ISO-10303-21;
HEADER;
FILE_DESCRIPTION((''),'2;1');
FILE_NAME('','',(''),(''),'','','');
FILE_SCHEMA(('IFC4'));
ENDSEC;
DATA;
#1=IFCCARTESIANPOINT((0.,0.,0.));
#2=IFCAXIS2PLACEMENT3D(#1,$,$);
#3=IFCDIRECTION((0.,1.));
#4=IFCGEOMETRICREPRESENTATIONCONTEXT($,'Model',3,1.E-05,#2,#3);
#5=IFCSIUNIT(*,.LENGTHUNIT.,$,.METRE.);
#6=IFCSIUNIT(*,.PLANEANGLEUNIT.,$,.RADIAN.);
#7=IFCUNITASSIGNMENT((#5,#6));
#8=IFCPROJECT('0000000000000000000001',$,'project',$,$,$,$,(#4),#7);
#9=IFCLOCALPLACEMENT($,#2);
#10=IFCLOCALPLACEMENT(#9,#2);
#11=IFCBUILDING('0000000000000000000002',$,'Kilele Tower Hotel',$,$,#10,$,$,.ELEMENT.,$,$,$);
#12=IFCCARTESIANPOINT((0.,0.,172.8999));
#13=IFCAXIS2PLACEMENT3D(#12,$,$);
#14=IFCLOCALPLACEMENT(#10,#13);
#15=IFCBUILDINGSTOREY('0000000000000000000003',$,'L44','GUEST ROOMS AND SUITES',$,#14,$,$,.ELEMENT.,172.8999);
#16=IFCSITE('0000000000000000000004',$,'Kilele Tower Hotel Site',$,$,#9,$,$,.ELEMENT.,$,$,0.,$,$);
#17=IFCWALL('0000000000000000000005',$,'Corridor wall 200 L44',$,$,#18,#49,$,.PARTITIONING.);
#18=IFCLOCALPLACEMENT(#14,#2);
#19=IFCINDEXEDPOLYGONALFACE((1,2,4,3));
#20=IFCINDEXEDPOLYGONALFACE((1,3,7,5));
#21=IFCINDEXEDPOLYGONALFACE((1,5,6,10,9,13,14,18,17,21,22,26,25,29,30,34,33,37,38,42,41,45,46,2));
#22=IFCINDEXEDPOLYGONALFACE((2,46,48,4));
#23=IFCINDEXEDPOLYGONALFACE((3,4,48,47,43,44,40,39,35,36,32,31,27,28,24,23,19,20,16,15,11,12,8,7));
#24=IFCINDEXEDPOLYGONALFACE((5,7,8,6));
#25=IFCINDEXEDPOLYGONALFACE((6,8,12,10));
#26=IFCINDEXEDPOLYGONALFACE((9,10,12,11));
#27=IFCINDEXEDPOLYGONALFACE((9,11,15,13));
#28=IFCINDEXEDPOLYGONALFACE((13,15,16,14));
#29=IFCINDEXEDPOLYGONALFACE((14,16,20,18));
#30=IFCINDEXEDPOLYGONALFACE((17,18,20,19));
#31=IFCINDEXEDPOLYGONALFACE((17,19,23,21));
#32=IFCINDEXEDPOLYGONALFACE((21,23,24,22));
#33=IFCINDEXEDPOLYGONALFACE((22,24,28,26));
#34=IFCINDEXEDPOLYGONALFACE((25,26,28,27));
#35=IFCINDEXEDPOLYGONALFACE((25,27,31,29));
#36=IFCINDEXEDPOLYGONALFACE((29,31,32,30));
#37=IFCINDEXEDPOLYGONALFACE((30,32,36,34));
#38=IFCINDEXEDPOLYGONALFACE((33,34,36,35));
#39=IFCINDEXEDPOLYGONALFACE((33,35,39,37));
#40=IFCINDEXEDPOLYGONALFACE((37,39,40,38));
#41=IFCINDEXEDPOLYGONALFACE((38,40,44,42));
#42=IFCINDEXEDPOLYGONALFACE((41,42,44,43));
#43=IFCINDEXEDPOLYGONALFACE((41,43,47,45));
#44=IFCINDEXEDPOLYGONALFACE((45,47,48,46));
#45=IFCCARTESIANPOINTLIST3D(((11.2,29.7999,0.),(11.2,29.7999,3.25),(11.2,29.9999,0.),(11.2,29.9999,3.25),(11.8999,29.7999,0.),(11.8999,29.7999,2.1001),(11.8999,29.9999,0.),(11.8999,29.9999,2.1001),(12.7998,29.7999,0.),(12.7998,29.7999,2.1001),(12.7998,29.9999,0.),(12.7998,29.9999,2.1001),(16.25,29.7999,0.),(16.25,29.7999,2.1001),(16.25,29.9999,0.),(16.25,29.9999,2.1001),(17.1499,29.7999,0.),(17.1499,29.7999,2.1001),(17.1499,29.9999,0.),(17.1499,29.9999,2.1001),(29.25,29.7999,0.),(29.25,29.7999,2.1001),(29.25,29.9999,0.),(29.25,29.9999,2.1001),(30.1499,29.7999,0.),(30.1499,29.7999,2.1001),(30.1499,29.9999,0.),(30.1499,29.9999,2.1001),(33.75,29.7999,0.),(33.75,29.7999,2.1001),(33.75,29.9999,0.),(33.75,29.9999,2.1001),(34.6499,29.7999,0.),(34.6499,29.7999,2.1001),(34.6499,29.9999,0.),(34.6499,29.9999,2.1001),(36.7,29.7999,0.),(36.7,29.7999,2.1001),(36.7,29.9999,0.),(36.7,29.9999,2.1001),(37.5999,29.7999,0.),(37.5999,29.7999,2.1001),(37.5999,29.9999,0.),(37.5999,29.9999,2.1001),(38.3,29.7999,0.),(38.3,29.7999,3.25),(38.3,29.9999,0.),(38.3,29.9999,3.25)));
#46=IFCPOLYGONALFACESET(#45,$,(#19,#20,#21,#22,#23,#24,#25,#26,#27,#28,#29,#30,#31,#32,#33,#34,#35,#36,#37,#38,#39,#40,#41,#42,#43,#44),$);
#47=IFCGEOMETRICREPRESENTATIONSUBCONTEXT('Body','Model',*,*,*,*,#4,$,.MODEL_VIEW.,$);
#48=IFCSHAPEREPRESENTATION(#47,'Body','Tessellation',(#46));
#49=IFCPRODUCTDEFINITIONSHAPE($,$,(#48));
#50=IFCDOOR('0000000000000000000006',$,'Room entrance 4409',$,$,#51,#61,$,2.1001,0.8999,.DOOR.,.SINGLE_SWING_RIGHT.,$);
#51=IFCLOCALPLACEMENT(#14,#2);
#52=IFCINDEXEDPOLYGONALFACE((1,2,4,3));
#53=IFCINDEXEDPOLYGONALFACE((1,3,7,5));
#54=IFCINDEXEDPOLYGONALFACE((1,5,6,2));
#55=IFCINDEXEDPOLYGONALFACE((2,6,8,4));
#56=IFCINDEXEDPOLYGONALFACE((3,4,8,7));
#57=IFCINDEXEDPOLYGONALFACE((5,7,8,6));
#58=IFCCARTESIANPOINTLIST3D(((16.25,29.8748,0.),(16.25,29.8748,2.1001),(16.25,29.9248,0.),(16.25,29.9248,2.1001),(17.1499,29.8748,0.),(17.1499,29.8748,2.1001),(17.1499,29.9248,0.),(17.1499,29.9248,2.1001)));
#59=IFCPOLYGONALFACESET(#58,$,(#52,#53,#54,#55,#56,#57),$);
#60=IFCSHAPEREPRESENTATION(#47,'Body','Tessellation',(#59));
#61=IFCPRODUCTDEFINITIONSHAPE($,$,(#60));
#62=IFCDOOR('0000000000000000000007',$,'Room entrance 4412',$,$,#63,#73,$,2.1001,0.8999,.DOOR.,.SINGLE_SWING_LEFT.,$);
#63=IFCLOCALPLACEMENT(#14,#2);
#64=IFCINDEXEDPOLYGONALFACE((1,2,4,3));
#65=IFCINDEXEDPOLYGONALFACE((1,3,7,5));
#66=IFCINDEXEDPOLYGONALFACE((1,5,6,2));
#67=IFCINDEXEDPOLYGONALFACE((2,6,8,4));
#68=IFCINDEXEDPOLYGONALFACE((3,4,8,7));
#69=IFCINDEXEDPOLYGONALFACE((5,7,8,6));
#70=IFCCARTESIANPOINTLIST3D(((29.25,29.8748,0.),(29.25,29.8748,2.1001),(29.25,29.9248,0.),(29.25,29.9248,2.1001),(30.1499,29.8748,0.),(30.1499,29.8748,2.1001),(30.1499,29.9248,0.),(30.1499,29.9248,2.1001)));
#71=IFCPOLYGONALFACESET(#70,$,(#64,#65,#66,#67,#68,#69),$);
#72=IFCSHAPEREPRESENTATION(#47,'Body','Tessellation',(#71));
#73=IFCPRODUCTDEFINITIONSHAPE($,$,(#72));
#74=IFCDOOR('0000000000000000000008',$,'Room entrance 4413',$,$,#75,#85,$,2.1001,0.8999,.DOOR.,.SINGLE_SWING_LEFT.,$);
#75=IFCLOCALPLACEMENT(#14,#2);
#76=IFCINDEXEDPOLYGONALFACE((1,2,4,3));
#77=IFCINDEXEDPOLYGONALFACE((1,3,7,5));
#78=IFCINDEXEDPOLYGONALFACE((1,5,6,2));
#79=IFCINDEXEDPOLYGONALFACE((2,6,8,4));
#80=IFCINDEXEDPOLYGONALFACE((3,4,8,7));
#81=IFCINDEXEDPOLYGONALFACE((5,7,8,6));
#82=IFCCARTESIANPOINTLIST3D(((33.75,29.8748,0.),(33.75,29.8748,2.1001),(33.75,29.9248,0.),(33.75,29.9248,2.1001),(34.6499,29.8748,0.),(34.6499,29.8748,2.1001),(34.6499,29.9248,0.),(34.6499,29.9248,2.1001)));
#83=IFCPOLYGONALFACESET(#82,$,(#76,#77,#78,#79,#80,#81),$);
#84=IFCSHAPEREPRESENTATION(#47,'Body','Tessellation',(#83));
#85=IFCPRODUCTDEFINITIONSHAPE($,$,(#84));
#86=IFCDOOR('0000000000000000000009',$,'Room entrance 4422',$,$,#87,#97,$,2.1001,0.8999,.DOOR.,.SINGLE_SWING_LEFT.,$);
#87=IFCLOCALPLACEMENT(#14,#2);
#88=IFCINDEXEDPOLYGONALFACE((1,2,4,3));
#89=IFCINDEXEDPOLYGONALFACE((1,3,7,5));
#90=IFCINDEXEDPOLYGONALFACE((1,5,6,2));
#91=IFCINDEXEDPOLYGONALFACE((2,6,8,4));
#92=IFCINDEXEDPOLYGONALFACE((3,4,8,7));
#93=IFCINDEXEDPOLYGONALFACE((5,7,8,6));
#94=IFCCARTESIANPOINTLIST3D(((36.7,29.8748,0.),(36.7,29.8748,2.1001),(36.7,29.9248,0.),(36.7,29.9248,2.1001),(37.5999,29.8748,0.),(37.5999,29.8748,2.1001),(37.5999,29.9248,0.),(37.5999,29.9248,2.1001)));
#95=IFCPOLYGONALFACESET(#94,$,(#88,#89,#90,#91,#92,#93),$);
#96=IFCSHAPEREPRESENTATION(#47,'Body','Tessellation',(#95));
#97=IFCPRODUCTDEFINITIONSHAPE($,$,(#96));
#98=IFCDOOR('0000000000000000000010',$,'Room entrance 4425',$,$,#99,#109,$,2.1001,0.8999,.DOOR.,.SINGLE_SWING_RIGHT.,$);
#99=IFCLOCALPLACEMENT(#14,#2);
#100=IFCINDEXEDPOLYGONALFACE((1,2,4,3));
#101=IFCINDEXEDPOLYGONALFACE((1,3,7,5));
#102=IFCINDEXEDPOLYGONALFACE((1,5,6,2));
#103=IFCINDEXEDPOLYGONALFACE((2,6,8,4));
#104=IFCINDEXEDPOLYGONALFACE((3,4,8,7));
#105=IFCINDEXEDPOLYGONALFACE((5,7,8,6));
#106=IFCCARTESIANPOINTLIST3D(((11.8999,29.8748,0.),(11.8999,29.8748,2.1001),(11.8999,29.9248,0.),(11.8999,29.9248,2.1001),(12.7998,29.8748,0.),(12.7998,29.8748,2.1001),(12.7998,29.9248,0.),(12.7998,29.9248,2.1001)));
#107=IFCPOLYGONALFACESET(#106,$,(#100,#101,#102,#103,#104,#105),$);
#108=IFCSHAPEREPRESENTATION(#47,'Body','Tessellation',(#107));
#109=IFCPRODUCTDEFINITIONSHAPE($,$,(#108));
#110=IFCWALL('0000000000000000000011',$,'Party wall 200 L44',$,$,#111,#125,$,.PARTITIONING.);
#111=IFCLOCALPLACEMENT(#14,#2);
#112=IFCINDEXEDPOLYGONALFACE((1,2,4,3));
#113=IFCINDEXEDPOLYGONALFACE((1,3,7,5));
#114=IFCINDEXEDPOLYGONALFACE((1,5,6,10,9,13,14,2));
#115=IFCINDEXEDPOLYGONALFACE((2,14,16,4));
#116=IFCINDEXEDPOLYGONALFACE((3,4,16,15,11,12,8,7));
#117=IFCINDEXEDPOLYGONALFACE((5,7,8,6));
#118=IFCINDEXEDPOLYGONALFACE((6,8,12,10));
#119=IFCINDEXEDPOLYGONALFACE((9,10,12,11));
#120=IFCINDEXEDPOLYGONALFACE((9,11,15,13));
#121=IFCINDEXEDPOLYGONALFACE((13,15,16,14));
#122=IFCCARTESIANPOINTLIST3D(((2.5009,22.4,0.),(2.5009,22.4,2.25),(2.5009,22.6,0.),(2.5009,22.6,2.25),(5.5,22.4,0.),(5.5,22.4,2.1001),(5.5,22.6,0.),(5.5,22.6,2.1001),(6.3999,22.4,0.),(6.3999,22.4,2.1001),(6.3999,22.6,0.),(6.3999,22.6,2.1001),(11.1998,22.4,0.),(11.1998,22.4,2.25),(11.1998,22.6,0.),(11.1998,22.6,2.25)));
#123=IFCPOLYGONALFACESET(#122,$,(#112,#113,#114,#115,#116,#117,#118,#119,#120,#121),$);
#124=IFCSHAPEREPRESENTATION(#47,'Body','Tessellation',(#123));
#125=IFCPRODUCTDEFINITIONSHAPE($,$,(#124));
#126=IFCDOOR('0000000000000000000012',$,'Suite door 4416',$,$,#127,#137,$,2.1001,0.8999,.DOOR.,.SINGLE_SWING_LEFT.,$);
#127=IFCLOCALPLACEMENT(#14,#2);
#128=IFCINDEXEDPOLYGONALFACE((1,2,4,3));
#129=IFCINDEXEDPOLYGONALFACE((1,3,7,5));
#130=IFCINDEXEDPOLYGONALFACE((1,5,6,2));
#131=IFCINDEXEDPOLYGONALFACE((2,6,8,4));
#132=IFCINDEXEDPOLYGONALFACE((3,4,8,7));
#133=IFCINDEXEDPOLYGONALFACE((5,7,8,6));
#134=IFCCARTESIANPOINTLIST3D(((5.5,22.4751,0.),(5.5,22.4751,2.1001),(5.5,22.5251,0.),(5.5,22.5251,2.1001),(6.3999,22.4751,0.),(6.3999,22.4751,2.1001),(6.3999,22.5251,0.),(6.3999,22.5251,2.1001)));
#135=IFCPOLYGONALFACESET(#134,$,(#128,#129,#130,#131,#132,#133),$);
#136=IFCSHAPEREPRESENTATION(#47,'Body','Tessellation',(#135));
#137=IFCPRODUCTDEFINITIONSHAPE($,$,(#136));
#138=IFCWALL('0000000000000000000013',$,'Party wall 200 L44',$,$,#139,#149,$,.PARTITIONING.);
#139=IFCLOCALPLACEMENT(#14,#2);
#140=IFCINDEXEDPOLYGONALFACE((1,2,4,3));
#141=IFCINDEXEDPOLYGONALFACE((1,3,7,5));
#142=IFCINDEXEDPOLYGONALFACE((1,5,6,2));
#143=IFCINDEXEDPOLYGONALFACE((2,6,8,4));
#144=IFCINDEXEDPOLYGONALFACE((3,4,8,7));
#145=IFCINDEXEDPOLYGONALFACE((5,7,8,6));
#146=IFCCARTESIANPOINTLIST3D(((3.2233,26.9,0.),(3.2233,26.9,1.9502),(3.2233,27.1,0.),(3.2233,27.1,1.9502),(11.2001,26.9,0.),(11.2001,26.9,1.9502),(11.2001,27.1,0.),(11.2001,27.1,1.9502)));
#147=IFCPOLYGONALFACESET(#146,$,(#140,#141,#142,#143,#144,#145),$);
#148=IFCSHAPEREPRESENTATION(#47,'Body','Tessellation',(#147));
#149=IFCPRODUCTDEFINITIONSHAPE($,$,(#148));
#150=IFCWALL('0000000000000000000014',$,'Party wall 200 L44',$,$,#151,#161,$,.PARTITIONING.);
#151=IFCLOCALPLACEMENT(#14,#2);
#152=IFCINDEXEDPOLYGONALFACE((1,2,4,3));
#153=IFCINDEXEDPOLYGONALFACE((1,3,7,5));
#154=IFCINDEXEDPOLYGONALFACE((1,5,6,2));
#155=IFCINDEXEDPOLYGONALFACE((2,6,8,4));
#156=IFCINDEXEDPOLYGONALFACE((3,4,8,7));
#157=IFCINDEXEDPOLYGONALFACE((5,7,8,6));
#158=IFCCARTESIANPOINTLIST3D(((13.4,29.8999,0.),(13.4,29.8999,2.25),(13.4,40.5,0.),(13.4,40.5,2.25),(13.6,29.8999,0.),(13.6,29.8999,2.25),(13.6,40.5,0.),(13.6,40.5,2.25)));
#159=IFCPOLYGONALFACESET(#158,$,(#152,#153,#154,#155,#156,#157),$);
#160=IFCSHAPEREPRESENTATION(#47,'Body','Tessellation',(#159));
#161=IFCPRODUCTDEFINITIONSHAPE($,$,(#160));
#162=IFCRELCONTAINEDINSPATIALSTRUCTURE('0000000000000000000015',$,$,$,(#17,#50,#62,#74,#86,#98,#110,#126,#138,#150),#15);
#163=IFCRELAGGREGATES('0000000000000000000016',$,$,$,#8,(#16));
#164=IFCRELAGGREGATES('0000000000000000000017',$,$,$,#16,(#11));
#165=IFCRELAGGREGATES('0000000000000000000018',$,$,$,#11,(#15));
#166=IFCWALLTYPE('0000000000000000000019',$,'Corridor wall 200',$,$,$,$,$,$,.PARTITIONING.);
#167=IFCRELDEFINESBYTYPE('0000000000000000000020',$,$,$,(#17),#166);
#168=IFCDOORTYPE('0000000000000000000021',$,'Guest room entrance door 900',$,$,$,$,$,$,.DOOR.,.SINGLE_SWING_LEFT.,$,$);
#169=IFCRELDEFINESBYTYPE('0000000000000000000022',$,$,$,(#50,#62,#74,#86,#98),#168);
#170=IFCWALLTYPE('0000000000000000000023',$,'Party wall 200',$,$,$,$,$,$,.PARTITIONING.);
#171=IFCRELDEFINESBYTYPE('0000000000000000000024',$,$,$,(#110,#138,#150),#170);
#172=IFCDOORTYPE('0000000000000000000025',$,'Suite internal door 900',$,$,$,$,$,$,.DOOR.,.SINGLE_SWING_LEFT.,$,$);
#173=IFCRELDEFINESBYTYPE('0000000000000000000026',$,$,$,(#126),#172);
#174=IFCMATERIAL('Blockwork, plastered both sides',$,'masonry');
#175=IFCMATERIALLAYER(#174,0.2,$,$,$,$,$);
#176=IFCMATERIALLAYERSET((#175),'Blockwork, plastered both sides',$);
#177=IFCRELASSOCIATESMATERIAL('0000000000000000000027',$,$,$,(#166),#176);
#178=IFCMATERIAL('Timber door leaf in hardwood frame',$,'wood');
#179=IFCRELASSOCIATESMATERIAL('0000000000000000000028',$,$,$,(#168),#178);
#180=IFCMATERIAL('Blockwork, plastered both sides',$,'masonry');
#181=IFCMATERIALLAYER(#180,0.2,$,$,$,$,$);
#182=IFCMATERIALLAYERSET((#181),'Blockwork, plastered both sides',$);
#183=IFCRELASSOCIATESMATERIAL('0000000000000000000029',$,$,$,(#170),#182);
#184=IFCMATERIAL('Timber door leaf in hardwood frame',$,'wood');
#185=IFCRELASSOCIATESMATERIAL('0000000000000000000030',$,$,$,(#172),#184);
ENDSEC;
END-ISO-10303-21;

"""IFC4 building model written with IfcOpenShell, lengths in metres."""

from ifc_helpers import new_model, si_unit, direction, frame, frame_2d, origin, place, context, subcontext, project, spatial, rectangle, extrude, material, layer, layer_set, type_object, element, fill, save


model = new_model("IFC4")

# Units and contexts
model_context = context("Model", 3, precision=1e-05, world=origin(), true_north=direction((0.0, 1.0)))
body_context = subcontext(model_context, "Body", "Model", "MODEL_VIEW")
ifc_project = project(units=[si_unit("LENGTHUNIT", "METRE"), si_unit("PLANEANGLEUNIT", "RADIAN")], contexts=[model_context])

# Site, building, storey
site_placement = place(None, origin())
site = spatial("IfcSite", under=ifc_project, at=site_placement, Name="Kilele Tower Hotel Site", CompositionType="ELEMENT", RefElevation=0.0)
building_placement = place(site_placement, origin())
building = spatial("IfcBuilding", under=site, at=building_placement, Name="Kilele Tower Hotel", CompositionType="ELEMENT")
storey_placement = place(building_placement, frame((0.0, 0.0, 172.8999)))
storey = spatial("IfcBuildingStorey", under=building, at=storey_placement, Name="L44", Description="GUEST ROOMS AND SUITES", CompositionType="ELEMENT", Elevation=172.8999)

# Wall, openings, doors
ifc_material_1 = material(Name="Blockwork, plastered both sides", Category="masonry")
ifc_layer_1 = layer(ifc_material_1, 0.2)
ifc_layer_set_1 = layer_set([ifc_layer_1], Name="Blockwork, plastered both sides")
wall_type_1 = type_object("IfcWallType", Name="Corridor wall 200", PredefinedType="PARTITIONING", material=ifc_layer_set_1)
wall_1_placement = place(storey_placement, frame((11.2, 29.8999, 0.0), z_axis=(0.0, 0.0, 1.0), x_axis=(1.0, 0.0, 0.0)))
wall_1 = element("IfcWall", 1, at=wall_1_placement, inside=storey, type_object=wall_type_1, Name="Corridor wall 200 L44", PredefinedType="PARTITIONING", context=body_context, shape_type="SweptSolid", body=[
    extrude(rectangle(XDim=27.1001, YDim=0.2, at=frame_2d((13.55, 0.0))), origin(), (0.0, 0.0, 1.0), 3.25),
])
opening_1_placement = place(wall_1_placement, frame((5.05, 0.0, 0.0)))
opening_1 = element("IfcOpeningElement", 2, at=opening_1_placement, cuts=wall_1, PredefinedType="OPENING", context=body_context, shape_type="SweptSolid", body=[
    extrude(rectangle(XDim=0.8999, YDim=2.1001, at=frame_2d((0.45, 1.05))), frame((0.0, 0.1099, 0.0), z_axis=(0.0, -1.0, 0.0), x_axis=(1.0, 0.0, 0.0)), (0.0, 0.0, 1.0), 0.22),
])
opening_2_placement = place(wall_1_placement, frame((18.05, 0.0, 0.0)))
opening_2 = element("IfcOpeningElement", 3, at=opening_2_placement, cuts=wall_1, PredefinedType="OPENING", context=body_context, shape_type="SweptSolid", body=[
    extrude(rectangle(XDim=0.8999, YDim=2.1001, at=frame_2d((0.45, 1.05))), frame((0.0, 0.1099, 0.0), z_axis=(0.0, -1.0, 0.0), x_axis=(1.0, 0.0, 0.0)), (0.0, 0.0, 1.0), 0.22),
])
opening_3_placement = place(wall_1_placement, frame((22.55, 0.0, 0.0)))
opening_3 = element("IfcOpeningElement", 4, at=opening_3_placement, cuts=wall_1, PredefinedType="OPENING", context=body_context, shape_type="SweptSolid", body=[
    extrude(rectangle(XDim=0.8999, YDim=2.1001, at=frame_2d((0.45, 1.05))), frame((0.0, 0.1099, 0.0), z_axis=(0.0, -1.0, 0.0), x_axis=(1.0, 0.0, 0.0)), (0.0, 0.0, 1.0), 0.22),
])
opening_4_placement = place(wall_1_placement, frame((25.5, 0.0, 0.0)))
opening_4 = element("IfcOpeningElement", 5, at=opening_4_placement, cuts=wall_1, PredefinedType="OPENING", context=body_context, shape_type="SweptSolid", body=[
    extrude(rectangle(XDim=0.8999, YDim=2.1001, at=frame_2d((0.45, 1.05))), frame((0.0, 0.1099, 0.0), z_axis=(0.0, -1.0, 0.0), x_axis=(1.0, 0.0, 0.0)), (0.0, 0.0, 1.0), 0.22),
])
opening_5_placement = place(wall_1_placement, frame((0.7, 0.0, 0.0)))
opening_5 = element("IfcOpeningElement", 6, at=opening_5_placement, cuts=wall_1, PredefinedType="OPENING", context=body_context, shape_type="SweptSolid", body=[
    extrude(rectangle(XDim=0.8999, YDim=2.1001, at=frame_2d((0.45, 1.05))), frame((0.0, 0.1099, 0.0), z_axis=(0.0, -1.0, 0.0), x_axis=(1.0, 0.0, 0.0)), (0.0, 0.0, 1.0), 0.22),
])
ifc_material_2 = material(Name="Timber door leaf in hardwood frame", Category="wood")
door_type_1 = type_object("IfcDoorType", Name="Guest room entrance door 900", OperationType="SINGLE_SWING_LEFT", PredefinedType="DOOR", material=ifc_material_2)
door_1_placement = place(opening_1_placement, origin())
door_1 = element("IfcDoor", 7, at=door_1_placement, inside=storey, type_object=door_type_1, Name="Room entrance 4409", OperationType="SINGLE_SWING_RIGHT", OverallHeight=2.1001, OverallWidth=0.8999, PredefinedType="DOOR", context=body_context, shape_type="SweptSolid", body=[
    extrude(rectangle(XDim=0.8999, YDim=2.1001, at=frame_2d((0.45, 1.05))), frame((0.0, 0.0249, 0.0), z_axis=(0.0, -1.0, 0.0), x_axis=(1.0, 0.0, 0.0)), (0.0, 0.0, 1.0), 0.05),
])
fill(opening_1, door_1)
door_2_placement = place(opening_2_placement, origin())
door_2 = element("IfcDoor", 8, at=door_2_placement, inside=storey, type_object=door_type_1, Name="Room entrance 4412", OperationType="SINGLE_SWING_LEFT", OverallHeight=2.1001, OverallWidth=0.8999, PredefinedType="DOOR", context=body_context, shape_type="SweptSolid", body=[
    extrude(rectangle(XDim=0.8999, YDim=2.1001, at=frame_2d((0.45, 1.05))), frame((0.0, 0.0249, 0.0), z_axis=(0.0, -1.0, 0.0), x_axis=(1.0, 0.0, 0.0)), (0.0, 0.0, 1.0), 0.05),
])
fill(opening_2, door_2)
door_3_placement = place(opening_3_placement, origin())
door_3 = element("IfcDoor", 9, at=door_3_placement, inside=storey, type_object=door_type_1, Name="Room entrance 4413", OperationType="SINGLE_SWING_LEFT", OverallHeight=2.1001, OverallWidth=0.8999, PredefinedType="DOOR", context=body_context, shape_type="SweptSolid", body=[
    extrude(rectangle(XDim=0.8999, YDim=2.1001, at=frame_2d((0.45, 1.05))), frame((0.0, 0.0249, 0.0), z_axis=(0.0, -1.0, 0.0), x_axis=(1.0, 0.0, 0.0)), (0.0, 0.0, 1.0), 0.05),
])
fill(opening_3, door_3)
door_4_placement = place(opening_4_placement, origin())
door_4 = element("IfcDoor", 10, at=door_4_placement, inside=storey, type_object=door_type_1, Name="Room entrance 4422", OperationType="SINGLE_SWING_LEFT", OverallHeight=2.1001, OverallWidth=0.8999, PredefinedType="DOOR", context=body_context, shape_type="SweptSolid", body=[
    extrude(rectangle(XDim=0.8999, YDim=2.1001, at=frame_2d((0.45, 1.05))), frame((0.0, 0.0249, 0.0), z_axis=(0.0, -1.0, 0.0), x_axis=(1.0, 0.0, 0.0)), (0.0, 0.0, 1.0), 0.05),
])
fill(opening_4, door_4)
door_5_placement = place(opening_5_placement, origin())
door_5 = element("IfcDoor", 11, at=door_5_placement, inside=storey, type_object=door_type_1, Name="Room entrance 4425", OperationType="SINGLE_SWING_RIGHT", OverallHeight=2.1001, OverallWidth=0.8999, PredefinedType="DOOR", context=body_context, shape_type="SweptSolid", body=[
    extrude(rectangle(XDim=0.8999, YDim=2.1001, at=frame_2d((0.45, 1.05))), frame((0.0, 0.0249, 0.0), z_axis=(0.0, -1.0, 0.0), x_axis=(1.0, 0.0, 0.0)), (0.0, 0.0, 1.0), 0.05),
])
fill(opening_5, door_5)

# Wall, opening, door
ifc_material_3 = material(Name="Blockwork, plastered both sides", Category="masonry")
ifc_layer_2 = layer(ifc_material_3, 0.2)
ifc_layer_set_2 = layer_set([ifc_layer_2], Name="Blockwork, plastered both sides")
wall_type_2 = type_object("IfcWallType", Name="Party wall 200", PredefinedType="PARTITIONING", material=ifc_layer_set_2)
wall_2_placement = place(storey_placement, frame((11.2, 22.5, 0.0), z_axis=(0.0, 0.0, 1.0), x_axis=(-1.0, 0.0, 0.0)))
wall_2 = element("IfcWall", 12, at=wall_2_placement, inside=storey, type_object=wall_type_2, Name="Party wall 200 L44", PredefinedType="PARTITIONING", context=body_context, shape_type="SweptSolid", body=[
    extrude(rectangle(XDim=8.699, YDim=0.2, at=frame_2d((4.3496, 0.0))), origin(), (0.0, 0.0, 1.0), 2.25),
])
opening_6_placement = place(wall_2_placement, frame((4.8, 0.0, 0.0)))
opening_6 = element("IfcOpeningElement", 13, at=opening_6_placement, cuts=wall_2, PredefinedType="OPENING", context=body_context, shape_type="SweptSolid", body=[
    extrude(rectangle(XDim=0.8999, YDim=2.1001, at=frame_2d((0.45, 1.05))), frame((0.0, 0.1099, 0.0), z_axis=(0.0, -1.0, 0.0), x_axis=(1.0, 0.0, 0.0)), (0.0, 0.0, 1.0), 0.22),
])
ifc_material_4 = material(Name="Timber door leaf in hardwood frame", Category="wood")
door_type_2 = type_object("IfcDoorType", Name="Suite internal door 900", OperationType="SINGLE_SWING_LEFT", PredefinedType="DOOR", material=ifc_material_4)
door_6_placement = place(opening_6_placement, origin())
door_6 = element("IfcDoor", 14, at=door_6_placement, inside=storey, type_object=door_type_2, Name="Suite door 4416", OperationType="SINGLE_SWING_LEFT", OverallHeight=2.1001, OverallWidth=0.8999, PredefinedType="DOOR", context=body_context, shape_type="SweptSolid", body=[
    extrude(rectangle(XDim=0.8999, YDim=2.1001, at=frame_2d((0.45, 1.05))), frame((0.0, 0.0249, 0.0), z_axis=(0.0, -1.0, 0.0), x_axis=(1.0, 0.0, 0.0)), (0.0, 0.0, 1.0), 0.05),
])
fill(opening_6, door_6)

# Walls
wall_3_placement = place(storey_placement, frame((11.2, 27.0, 0.0), z_axis=(0.0, 0.0, 1.0), x_axis=(-1.0, 0.0, 0.0)))
element("IfcWall", 15, at=wall_3_placement, inside=storey, type_object=wall_type_2, Name="Party wall 200 L44", PredefinedType="PARTITIONING", context=body_context, shape_type="SweptSolid", body=[
    extrude(rectangle(XDim=7.9768, YDim=0.2, at=frame_2d((3.9883, 0.0))), origin(), (0.0, 0.0, 1.0), 1.9502),
])
wall_4_placement = place(storey_placement, frame((13.5, 29.8999, 0.0), z_axis=(0.0, 0.0, 1.0), x_axis=(0.0, 1.0, 0.0)))
element("IfcWall", 16, at=wall_4_placement, inside=storey, type_object=wall_type_2, Name="Party wall 200 L44", PredefinedType="PARTITIONING", context=body_context, shape_type="SweptSolid", body=[
    extrude(rectangle(XDim=10.6001, YDim=0.2, at=frame_2d((5.3, 0.0))), origin(), (0.0, 0.0, 1.0), 2.25),
])

save(model, "model.ifc")
